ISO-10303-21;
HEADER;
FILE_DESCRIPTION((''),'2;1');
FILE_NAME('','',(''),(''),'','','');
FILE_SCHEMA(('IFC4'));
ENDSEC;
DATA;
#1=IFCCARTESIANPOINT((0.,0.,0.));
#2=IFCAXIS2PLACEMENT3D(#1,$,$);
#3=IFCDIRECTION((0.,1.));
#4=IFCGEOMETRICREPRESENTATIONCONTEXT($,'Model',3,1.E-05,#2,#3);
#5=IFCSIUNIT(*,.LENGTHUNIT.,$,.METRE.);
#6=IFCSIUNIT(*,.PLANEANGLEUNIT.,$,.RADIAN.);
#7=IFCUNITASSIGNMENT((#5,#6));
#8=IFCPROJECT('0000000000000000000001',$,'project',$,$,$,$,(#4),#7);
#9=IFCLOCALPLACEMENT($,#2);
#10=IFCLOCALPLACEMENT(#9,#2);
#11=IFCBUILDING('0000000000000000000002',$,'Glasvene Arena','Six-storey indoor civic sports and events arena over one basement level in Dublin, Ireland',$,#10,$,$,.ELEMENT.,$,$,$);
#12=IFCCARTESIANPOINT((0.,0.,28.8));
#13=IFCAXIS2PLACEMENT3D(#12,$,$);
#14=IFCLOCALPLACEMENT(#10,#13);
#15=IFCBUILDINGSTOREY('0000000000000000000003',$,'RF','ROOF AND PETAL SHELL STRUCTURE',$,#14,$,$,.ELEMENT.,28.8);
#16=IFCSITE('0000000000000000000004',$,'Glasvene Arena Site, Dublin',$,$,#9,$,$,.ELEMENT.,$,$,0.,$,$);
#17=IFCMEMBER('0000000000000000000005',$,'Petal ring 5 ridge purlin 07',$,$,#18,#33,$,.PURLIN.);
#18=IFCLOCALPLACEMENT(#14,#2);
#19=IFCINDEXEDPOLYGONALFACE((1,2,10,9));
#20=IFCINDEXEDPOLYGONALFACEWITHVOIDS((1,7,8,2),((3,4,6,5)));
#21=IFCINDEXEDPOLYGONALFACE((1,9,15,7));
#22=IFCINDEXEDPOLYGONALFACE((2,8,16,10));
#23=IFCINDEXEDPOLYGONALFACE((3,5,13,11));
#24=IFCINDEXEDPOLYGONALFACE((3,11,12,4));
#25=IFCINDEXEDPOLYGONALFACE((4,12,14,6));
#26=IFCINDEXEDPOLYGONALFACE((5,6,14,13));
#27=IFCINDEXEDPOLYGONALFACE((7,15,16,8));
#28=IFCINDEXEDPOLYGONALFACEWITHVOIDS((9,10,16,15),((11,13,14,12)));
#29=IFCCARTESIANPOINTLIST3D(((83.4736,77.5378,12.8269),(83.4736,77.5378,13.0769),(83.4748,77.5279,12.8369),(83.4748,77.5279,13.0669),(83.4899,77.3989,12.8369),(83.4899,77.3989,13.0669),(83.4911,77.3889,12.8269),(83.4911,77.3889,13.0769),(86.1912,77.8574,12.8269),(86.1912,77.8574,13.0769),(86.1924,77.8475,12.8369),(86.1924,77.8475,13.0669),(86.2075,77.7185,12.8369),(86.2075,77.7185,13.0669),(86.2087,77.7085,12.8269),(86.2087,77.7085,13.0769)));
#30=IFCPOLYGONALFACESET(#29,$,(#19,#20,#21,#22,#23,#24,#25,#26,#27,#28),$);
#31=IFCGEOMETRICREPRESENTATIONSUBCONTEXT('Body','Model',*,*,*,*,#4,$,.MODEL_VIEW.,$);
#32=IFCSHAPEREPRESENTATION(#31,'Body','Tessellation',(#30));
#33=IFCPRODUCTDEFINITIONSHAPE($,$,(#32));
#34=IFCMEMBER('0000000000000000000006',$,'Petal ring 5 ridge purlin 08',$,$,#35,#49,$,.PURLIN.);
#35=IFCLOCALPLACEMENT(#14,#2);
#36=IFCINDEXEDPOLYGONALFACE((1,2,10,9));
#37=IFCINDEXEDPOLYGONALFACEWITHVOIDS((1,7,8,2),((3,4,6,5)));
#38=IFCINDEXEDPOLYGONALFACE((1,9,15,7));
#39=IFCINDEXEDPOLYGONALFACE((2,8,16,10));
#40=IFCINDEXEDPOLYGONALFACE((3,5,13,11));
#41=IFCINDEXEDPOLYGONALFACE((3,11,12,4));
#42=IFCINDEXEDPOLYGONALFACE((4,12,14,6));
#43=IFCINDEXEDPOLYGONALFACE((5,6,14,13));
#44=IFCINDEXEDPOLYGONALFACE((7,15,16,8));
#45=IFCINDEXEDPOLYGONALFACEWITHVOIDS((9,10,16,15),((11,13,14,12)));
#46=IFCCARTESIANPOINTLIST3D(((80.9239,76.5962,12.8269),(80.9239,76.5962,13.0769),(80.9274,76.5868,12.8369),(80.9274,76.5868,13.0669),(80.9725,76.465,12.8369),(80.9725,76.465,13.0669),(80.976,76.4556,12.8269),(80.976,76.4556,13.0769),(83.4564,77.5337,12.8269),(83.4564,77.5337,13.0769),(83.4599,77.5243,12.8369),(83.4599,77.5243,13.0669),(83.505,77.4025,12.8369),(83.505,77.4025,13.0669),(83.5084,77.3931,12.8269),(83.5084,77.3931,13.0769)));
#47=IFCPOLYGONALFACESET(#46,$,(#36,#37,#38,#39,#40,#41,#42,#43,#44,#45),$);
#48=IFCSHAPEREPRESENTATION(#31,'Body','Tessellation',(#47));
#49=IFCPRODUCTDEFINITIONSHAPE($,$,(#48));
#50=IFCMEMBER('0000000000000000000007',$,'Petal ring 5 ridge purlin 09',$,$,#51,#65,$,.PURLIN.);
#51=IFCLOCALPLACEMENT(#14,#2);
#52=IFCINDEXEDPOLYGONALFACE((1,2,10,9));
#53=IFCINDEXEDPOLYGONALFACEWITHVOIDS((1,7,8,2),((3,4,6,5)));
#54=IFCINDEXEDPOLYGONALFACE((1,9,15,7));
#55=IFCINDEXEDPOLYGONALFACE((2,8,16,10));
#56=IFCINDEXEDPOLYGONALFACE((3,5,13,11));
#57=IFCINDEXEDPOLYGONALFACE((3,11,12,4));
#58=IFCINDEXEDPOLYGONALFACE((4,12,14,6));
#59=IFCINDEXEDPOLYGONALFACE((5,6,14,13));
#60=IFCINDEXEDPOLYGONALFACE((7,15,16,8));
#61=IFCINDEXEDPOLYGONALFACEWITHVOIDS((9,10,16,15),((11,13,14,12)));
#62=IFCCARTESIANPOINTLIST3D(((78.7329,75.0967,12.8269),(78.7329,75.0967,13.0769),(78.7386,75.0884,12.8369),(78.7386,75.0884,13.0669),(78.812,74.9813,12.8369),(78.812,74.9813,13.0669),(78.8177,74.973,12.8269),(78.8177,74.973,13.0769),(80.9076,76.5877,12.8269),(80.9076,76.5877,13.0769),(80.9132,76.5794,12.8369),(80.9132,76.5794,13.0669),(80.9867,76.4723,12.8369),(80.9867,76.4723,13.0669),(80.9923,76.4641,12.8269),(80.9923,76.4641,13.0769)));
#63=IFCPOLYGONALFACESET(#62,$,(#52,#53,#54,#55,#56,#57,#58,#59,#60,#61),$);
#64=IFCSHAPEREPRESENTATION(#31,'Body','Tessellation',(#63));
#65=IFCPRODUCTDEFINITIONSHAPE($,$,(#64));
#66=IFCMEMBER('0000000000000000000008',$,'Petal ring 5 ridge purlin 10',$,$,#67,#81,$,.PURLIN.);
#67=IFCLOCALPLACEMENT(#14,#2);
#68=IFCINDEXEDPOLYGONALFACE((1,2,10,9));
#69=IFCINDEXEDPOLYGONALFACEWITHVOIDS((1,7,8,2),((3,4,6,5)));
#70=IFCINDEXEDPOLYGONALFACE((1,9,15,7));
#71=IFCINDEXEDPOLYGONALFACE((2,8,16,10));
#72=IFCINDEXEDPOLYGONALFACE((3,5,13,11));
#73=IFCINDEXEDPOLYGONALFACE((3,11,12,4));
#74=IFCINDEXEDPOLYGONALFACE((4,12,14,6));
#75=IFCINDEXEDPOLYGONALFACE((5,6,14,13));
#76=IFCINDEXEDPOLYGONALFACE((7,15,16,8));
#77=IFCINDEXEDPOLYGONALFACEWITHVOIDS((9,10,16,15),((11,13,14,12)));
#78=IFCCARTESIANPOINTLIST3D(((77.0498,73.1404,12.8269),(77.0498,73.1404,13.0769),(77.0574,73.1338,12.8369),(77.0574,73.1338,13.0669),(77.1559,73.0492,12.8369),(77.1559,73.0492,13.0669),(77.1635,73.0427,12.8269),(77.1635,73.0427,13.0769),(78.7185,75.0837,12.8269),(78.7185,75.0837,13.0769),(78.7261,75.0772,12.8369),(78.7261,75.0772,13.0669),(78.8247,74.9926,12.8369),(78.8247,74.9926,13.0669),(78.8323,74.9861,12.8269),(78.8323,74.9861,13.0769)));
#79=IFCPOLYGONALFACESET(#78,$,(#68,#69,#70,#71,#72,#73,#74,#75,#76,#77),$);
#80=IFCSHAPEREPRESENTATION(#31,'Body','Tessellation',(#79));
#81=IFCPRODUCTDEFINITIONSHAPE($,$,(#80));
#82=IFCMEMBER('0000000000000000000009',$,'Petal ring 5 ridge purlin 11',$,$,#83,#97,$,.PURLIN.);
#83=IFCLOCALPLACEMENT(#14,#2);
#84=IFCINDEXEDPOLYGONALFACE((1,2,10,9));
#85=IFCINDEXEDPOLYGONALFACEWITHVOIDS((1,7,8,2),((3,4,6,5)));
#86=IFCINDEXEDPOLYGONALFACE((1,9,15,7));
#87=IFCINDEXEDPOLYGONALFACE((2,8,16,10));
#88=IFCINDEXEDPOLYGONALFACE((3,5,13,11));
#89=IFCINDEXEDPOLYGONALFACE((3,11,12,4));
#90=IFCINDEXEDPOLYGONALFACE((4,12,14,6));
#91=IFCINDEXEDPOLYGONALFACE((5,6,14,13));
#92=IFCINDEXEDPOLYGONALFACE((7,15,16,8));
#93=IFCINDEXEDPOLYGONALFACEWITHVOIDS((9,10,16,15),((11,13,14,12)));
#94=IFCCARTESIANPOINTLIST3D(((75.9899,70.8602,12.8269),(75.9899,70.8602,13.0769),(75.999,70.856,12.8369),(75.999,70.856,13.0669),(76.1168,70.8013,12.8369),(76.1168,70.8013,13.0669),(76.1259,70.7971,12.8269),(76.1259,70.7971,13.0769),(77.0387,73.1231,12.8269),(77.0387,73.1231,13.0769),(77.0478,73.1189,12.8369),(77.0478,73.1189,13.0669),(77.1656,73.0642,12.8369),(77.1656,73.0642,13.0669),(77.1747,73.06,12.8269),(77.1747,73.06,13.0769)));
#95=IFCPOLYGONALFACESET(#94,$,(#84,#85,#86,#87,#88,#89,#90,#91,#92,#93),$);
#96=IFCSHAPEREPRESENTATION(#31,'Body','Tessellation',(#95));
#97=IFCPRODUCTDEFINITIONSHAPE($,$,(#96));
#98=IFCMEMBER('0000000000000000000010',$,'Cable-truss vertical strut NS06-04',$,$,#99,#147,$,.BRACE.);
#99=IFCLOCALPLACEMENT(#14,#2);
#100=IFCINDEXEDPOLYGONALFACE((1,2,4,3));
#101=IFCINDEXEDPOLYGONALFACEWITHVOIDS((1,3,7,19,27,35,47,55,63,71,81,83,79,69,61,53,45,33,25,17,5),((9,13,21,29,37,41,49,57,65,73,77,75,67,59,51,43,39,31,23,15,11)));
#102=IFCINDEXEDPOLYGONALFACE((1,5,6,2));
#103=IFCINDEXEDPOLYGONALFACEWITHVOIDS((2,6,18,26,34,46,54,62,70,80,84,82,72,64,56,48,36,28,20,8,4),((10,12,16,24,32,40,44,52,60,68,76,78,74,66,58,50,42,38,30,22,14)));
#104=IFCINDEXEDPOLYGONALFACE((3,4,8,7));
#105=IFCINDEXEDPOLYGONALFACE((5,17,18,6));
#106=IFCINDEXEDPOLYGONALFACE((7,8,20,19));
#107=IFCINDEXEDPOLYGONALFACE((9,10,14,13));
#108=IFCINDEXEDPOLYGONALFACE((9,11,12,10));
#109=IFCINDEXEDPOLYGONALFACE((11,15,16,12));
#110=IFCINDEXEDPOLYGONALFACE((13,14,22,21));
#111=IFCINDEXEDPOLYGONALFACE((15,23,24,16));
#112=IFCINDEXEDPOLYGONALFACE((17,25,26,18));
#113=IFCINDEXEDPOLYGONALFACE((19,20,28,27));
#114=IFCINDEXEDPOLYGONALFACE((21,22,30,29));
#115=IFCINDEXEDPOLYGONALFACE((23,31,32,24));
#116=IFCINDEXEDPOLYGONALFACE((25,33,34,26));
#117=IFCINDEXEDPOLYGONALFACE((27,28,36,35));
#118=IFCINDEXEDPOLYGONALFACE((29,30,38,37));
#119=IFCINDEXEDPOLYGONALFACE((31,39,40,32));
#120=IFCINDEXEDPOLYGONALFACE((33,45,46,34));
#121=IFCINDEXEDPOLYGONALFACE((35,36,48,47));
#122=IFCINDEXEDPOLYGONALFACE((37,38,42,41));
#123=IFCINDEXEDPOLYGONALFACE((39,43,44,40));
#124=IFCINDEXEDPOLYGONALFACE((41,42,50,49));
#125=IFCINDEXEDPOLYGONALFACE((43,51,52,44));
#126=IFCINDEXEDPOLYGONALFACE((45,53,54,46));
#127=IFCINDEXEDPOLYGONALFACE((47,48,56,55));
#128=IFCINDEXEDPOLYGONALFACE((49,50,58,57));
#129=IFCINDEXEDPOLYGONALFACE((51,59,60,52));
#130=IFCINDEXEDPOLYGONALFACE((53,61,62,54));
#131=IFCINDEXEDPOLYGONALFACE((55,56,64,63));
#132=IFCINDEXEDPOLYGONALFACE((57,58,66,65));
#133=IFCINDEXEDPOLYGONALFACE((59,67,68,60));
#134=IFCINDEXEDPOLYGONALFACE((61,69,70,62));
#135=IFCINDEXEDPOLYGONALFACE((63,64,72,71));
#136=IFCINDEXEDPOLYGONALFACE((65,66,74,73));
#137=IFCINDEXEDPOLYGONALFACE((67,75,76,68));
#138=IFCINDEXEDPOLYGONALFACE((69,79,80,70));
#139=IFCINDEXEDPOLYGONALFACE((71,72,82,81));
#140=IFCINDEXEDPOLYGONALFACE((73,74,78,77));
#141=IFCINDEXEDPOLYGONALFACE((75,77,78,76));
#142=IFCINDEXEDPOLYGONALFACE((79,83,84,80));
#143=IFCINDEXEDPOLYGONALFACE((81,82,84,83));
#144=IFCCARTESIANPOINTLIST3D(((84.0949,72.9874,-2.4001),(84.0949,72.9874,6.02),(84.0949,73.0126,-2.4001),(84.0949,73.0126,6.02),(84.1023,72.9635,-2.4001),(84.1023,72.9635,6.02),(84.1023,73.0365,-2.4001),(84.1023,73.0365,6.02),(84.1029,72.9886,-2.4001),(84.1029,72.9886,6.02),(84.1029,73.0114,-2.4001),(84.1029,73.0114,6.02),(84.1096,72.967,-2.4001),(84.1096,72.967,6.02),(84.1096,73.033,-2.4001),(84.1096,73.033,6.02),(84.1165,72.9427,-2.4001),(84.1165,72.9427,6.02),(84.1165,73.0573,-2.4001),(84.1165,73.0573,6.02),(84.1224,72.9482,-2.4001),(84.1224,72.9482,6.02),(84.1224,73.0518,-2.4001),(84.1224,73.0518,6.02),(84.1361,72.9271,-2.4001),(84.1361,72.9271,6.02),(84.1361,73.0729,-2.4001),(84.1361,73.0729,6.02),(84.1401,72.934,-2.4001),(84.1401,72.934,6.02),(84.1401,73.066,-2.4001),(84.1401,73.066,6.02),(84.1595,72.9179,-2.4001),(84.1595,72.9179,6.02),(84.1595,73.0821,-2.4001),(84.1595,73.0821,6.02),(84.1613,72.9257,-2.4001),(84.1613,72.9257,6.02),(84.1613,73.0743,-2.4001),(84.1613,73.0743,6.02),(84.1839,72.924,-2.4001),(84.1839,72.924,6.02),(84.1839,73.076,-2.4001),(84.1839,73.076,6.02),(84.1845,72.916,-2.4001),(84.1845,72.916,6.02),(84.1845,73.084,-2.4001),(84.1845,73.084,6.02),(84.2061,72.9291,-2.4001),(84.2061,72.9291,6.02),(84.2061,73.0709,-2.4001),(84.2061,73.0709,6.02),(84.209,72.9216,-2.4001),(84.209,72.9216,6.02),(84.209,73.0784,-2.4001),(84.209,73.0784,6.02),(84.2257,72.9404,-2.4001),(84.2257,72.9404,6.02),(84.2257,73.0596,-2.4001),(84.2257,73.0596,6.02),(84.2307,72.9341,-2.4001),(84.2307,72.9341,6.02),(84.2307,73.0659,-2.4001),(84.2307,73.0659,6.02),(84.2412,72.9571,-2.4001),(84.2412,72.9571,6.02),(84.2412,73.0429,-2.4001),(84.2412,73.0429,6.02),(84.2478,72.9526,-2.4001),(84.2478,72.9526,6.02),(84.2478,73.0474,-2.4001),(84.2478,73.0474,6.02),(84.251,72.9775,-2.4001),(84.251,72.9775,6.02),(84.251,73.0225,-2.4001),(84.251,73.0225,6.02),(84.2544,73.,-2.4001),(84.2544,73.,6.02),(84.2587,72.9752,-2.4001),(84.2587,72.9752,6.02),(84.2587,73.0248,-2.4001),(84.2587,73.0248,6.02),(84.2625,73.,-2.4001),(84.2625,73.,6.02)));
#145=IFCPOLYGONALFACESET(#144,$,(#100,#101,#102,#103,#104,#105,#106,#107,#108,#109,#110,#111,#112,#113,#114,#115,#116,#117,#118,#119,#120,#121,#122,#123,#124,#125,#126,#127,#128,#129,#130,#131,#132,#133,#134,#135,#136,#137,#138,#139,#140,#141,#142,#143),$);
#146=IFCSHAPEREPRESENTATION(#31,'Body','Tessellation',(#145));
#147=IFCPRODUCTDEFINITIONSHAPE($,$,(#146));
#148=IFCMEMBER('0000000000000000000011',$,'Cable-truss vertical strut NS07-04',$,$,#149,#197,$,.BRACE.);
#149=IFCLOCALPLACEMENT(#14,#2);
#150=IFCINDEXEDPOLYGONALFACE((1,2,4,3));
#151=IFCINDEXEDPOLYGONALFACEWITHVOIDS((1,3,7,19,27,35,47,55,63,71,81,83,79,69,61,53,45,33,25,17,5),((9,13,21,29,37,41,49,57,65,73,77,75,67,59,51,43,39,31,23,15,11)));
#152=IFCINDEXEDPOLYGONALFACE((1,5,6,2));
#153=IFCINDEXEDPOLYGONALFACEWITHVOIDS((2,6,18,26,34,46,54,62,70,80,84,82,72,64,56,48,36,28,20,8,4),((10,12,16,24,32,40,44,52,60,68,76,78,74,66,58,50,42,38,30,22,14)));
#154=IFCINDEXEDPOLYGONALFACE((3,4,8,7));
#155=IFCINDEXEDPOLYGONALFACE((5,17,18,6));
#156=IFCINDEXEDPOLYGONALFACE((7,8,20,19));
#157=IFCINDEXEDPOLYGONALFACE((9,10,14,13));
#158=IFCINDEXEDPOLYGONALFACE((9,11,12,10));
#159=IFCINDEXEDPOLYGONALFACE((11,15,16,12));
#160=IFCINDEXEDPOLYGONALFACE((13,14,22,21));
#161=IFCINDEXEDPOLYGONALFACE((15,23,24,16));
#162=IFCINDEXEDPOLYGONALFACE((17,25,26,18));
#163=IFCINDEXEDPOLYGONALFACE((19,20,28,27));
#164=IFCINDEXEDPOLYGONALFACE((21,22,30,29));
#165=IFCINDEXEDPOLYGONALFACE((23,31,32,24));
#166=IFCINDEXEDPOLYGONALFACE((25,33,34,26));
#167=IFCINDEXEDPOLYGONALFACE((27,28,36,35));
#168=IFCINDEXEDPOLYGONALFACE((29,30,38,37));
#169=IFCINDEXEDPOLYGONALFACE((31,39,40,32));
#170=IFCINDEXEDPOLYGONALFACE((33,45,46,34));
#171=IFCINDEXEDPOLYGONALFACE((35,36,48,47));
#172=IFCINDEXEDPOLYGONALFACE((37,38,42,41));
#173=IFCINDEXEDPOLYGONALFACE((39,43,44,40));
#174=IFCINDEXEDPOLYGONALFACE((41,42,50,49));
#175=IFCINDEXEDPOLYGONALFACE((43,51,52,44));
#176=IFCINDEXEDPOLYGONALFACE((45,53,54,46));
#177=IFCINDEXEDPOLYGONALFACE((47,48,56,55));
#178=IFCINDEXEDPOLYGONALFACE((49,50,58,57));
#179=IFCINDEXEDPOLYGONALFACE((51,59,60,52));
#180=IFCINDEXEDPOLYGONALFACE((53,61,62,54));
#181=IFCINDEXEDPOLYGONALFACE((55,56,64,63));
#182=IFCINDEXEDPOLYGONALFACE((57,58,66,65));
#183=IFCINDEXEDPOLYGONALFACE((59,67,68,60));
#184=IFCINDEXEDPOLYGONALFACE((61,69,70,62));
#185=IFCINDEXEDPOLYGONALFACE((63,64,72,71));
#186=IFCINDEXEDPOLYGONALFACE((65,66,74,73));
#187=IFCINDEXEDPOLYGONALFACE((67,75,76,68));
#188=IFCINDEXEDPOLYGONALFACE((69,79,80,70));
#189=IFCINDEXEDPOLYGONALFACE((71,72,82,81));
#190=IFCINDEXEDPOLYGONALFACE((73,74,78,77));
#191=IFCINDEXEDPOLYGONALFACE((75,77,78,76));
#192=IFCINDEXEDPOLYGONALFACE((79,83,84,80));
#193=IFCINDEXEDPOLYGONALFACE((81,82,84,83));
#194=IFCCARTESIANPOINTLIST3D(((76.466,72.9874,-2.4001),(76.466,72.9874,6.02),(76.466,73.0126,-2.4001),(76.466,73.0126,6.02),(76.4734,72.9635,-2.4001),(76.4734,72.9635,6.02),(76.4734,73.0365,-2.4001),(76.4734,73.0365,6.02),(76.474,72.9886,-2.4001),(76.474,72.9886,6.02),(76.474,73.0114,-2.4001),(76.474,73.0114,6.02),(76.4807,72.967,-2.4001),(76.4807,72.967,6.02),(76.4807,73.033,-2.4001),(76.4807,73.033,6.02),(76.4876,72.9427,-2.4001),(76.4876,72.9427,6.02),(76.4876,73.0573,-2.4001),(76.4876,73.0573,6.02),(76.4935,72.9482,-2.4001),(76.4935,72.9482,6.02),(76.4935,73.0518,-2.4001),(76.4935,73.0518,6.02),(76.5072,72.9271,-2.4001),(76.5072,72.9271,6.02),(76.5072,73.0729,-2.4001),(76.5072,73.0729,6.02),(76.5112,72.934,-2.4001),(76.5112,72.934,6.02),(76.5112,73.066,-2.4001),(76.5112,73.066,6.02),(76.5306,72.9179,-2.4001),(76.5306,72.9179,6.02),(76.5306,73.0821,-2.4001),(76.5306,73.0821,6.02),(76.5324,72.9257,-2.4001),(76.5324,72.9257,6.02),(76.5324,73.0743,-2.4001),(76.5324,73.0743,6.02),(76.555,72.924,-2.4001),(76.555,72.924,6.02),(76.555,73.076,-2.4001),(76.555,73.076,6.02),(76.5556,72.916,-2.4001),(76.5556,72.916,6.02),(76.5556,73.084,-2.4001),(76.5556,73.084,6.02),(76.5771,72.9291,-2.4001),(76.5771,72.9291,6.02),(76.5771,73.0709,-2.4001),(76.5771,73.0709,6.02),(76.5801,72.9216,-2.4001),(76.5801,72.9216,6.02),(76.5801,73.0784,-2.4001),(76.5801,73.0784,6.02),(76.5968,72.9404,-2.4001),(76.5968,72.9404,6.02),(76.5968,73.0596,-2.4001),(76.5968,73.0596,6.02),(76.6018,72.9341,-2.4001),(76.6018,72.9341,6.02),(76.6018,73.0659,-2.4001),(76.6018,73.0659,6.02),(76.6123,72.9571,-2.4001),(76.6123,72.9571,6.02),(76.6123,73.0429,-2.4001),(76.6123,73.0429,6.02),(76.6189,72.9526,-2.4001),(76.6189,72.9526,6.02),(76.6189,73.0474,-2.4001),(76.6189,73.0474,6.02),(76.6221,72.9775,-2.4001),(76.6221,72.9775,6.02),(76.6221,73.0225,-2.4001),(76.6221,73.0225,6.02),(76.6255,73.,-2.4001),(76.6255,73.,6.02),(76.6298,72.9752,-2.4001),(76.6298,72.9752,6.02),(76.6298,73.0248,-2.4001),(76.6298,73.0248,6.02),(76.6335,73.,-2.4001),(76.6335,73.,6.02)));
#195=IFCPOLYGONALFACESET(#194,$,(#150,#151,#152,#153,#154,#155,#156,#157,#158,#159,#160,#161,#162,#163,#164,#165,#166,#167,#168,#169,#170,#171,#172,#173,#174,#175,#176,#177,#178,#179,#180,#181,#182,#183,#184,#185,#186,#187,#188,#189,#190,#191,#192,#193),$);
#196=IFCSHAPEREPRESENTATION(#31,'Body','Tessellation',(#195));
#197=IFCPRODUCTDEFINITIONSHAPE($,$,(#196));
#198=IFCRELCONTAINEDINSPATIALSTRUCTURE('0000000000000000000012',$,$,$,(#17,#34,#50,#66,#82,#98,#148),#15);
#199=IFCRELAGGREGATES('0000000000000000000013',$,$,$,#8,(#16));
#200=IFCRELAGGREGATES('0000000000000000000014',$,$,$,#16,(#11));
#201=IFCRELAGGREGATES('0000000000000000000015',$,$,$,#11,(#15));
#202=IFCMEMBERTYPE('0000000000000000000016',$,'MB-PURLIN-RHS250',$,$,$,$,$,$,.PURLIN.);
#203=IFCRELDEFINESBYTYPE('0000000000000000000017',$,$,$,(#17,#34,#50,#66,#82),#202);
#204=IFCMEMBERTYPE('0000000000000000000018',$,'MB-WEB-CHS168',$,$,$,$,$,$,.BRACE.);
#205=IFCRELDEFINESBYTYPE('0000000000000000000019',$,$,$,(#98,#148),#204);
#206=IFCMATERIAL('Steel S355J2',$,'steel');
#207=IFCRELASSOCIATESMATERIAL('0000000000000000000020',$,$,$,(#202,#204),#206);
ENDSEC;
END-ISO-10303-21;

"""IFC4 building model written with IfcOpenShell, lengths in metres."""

from ifc_helpers import new_model, si_unit, direction, frame, origin, origin_2d, place, context, subcontext, project, spatial, hollow_rectangle, hollow_circle, extrude, material, material_profile, profile_set, type_object, element, save


model = new_model("IFC4")

# Units and contexts
model_context = context("Model", 3, precision=1e-05, world=origin(), true_north=direction((0.0, 1.0)))
body_context = subcontext(model_context, "Body", "Model", "MODEL_VIEW")
ifc_project = project(units=[si_unit("LENGTHUNIT", "METRE"), si_unit("PLANEANGLEUNIT", "RADIAN")], contexts=[model_context])

# Site, building, storey
site_placement = place(None, origin())
site = spatial("IfcSite", under=ifc_project, at=site_placement, Name="Glasvene Arena Site, Dublin", CompositionType="ELEMENT", RefElevation=0.0)
building_placement = place(site_placement, origin())
building = spatial("IfcBuilding", under=site, at=building_placement, Name="Glasvene Arena", Description="Six-storey indoor civic sports and events arena over one basement level in Dublin, Ireland", CompositionType="ELEMENT")
storey_placement = place(building_placement, frame((0.0, 0.0, 28.8)))
storey = spatial("IfcBuildingStorey", under=building, at=storey_placement, Name="RF", Description="ROOF AND PETAL SHELL STRUCTURE", CompositionType="ELEMENT", Elevation=28.8)

# Shared definitions
ifc_material_1 = material(Name="Steel S355J2", Category="steel")

# Members
ifc_material_profile_1 = material_profile(ifc_material_1, hollow_rectangle(XDim=0.1499, YDim=0.25, WallThickness=0.01, at=origin_2d()), Name="RHS 250x150x10.0")
ifc_profile_set_1 = profile_set([ifc_material_profile_1], Name="Steel S355J2")
member_type_1 = type_object("IfcMemberType", Name="MB-PURLIN-RHS250", PredefinedType="PURLIN", material=ifc_profile_set_1)
for number, where, z_axis, x_axis, name in (
    (1, (86.2, 77.783, 12.9519), (-0.993156, -0.116795, 0.0), (0.116795, -0.993156, 0.0), "Petal ring 5 ridge purlin 07"),
):
    element("IfcMember", number, at=place(storey_placement, frame(where, z_axis=z_axis, x_axis=x_axis)), inside=storey, type_object=member_type_1, Name=name, PredefinedType="PURLIN", context=body_context, shape_type="SweptSolid", body=[
        extrude(hollow_rectangle(XDim=0.1499, YDim=0.25, WallThickness=0.01, at=origin_2d()), origin(), (0.0, 0.0, 1.0), 2.7363),
    ])
member_1_placement = place(storey_placement, frame((83.4824, 77.4634, 12.9519), z_axis=(-0.937803, -0.347167, 0.0), x_axis=(0.347167, -0.937803, 0.0)))
element("IfcMember", 2, at=member_1_placement, inside=storey, type_object=member_type_1, Name="Petal ring 5 ridge purlin 08", PredefinedType="PURLIN", context=body_context, shape_type="SweptSolid", body=[
    extrude(hollow_rectangle(XDim=0.1499, YDim=0.25, WallThickness=0.01, at=origin_2d()), origin(), (0.0, 0.0, 1.0), 2.7004),
])
member_2_placement = place(storey_placement, frame((80.95, 76.5259, 12.9519), z_axis=(-0.824757, -0.565487, 0.0), x_axis=(0.565487, -0.824757, 0.0)))
element("IfcMember", 3, at=member_2_placement, inside=storey, type_object=member_type_1, Name="Petal ring 5 ridge purlin 09", PredefinedType="PURLIN", context=body_context, shape_type="SweptSolid", body=[
    extrude(hollow_rectangle(XDim=0.1499, YDim=0.25, WallThickness=0.01, at=origin_2d()), origin(), (0.0, 0.0, 1.0), 2.6367),
])
member_3_placement = place(storey_placement, frame((78.7754, 75.0349, 12.9519), z_axis=(-0.651458, -0.758684, 0.0), x_axis=(0.758684, -0.651458, 0.0)))
element("IfcMember", 4, at=member_3_placement, inside=storey, type_object=member_type_1, Name="Petal ring 5 ridge purlin 10", PredefinedType="PURLIN", context=body_context, shape_type="SweptSolid", body=[
    extrude(hollow_rectangle(XDim=0.1499, YDim=0.25, WallThickness=0.01, at=origin_2d()), origin(), (0.0, 0.0, 1.0), 2.5615),
])
member_4_placement = place(storey_placement, frame((77.1067, 73.0916, 12.9519), z_axis=(-0.42051, -0.907288, 0.0), x_axis=(0.907288, -0.42051, 0.0)))
element("IfcMember", 5, at=member_4_placement, inside=storey, type_object=member_type_1, Name="Petal ring 5 ridge purlin 11", PredefinedType="PURLIN", context=body_context, shape_type="SweptSolid", body=[
    extrude(hollow_rectangle(XDim=0.1499, YDim=0.25, WallThickness=0.01, at=origin_2d()), origin(), (0.0, 0.0, 1.0), 2.4941),
])
ifc_material_profile_2 = material_profile(ifc_material_1, hollow_circle(Radius=0.0842, WallThickness=0.0081, at=origin_2d()), Name="CHS 168.3x8.0")
ifc_profile_set_2 = profile_set([ifc_material_profile_2], Name="Steel S355J2")
member_type_2 = type_object("IfcMemberType", Name="MB-WEB-CHS168", PredefinedType="BRACE", material=ifc_profile_set_2)
for number, where, z_axis, x_axis, name in (
    (6, (84.1782, 73.0, -2.4001), (0.0, 0.0, 1.0), (1.0, 0.0, 0.0), "Cable-truss vertical strut NS06-04"),
    (7, (76.5493, 73.0, -2.4001), (0.0, 0.0, 1.0), (1.0, 0.0, 0.0), "Cable-truss vertical strut NS07-04"),
):
    element("IfcMember", number, at=place(storey_placement, frame(where, z_axis=z_axis, x_axis=x_axis)), inside=storey, type_object=member_type_2, Name=name, PredefinedType="BRACE", context=body_context, shape_type="SweptSolid", body=[
        extrude(hollow_circle(Radius=0.0842, WallThickness=0.0081, at=origin_2d()), origin(), (0.0, 0.0, 1.0), 8.4202),
    ])

save(model, "model.ifc")
